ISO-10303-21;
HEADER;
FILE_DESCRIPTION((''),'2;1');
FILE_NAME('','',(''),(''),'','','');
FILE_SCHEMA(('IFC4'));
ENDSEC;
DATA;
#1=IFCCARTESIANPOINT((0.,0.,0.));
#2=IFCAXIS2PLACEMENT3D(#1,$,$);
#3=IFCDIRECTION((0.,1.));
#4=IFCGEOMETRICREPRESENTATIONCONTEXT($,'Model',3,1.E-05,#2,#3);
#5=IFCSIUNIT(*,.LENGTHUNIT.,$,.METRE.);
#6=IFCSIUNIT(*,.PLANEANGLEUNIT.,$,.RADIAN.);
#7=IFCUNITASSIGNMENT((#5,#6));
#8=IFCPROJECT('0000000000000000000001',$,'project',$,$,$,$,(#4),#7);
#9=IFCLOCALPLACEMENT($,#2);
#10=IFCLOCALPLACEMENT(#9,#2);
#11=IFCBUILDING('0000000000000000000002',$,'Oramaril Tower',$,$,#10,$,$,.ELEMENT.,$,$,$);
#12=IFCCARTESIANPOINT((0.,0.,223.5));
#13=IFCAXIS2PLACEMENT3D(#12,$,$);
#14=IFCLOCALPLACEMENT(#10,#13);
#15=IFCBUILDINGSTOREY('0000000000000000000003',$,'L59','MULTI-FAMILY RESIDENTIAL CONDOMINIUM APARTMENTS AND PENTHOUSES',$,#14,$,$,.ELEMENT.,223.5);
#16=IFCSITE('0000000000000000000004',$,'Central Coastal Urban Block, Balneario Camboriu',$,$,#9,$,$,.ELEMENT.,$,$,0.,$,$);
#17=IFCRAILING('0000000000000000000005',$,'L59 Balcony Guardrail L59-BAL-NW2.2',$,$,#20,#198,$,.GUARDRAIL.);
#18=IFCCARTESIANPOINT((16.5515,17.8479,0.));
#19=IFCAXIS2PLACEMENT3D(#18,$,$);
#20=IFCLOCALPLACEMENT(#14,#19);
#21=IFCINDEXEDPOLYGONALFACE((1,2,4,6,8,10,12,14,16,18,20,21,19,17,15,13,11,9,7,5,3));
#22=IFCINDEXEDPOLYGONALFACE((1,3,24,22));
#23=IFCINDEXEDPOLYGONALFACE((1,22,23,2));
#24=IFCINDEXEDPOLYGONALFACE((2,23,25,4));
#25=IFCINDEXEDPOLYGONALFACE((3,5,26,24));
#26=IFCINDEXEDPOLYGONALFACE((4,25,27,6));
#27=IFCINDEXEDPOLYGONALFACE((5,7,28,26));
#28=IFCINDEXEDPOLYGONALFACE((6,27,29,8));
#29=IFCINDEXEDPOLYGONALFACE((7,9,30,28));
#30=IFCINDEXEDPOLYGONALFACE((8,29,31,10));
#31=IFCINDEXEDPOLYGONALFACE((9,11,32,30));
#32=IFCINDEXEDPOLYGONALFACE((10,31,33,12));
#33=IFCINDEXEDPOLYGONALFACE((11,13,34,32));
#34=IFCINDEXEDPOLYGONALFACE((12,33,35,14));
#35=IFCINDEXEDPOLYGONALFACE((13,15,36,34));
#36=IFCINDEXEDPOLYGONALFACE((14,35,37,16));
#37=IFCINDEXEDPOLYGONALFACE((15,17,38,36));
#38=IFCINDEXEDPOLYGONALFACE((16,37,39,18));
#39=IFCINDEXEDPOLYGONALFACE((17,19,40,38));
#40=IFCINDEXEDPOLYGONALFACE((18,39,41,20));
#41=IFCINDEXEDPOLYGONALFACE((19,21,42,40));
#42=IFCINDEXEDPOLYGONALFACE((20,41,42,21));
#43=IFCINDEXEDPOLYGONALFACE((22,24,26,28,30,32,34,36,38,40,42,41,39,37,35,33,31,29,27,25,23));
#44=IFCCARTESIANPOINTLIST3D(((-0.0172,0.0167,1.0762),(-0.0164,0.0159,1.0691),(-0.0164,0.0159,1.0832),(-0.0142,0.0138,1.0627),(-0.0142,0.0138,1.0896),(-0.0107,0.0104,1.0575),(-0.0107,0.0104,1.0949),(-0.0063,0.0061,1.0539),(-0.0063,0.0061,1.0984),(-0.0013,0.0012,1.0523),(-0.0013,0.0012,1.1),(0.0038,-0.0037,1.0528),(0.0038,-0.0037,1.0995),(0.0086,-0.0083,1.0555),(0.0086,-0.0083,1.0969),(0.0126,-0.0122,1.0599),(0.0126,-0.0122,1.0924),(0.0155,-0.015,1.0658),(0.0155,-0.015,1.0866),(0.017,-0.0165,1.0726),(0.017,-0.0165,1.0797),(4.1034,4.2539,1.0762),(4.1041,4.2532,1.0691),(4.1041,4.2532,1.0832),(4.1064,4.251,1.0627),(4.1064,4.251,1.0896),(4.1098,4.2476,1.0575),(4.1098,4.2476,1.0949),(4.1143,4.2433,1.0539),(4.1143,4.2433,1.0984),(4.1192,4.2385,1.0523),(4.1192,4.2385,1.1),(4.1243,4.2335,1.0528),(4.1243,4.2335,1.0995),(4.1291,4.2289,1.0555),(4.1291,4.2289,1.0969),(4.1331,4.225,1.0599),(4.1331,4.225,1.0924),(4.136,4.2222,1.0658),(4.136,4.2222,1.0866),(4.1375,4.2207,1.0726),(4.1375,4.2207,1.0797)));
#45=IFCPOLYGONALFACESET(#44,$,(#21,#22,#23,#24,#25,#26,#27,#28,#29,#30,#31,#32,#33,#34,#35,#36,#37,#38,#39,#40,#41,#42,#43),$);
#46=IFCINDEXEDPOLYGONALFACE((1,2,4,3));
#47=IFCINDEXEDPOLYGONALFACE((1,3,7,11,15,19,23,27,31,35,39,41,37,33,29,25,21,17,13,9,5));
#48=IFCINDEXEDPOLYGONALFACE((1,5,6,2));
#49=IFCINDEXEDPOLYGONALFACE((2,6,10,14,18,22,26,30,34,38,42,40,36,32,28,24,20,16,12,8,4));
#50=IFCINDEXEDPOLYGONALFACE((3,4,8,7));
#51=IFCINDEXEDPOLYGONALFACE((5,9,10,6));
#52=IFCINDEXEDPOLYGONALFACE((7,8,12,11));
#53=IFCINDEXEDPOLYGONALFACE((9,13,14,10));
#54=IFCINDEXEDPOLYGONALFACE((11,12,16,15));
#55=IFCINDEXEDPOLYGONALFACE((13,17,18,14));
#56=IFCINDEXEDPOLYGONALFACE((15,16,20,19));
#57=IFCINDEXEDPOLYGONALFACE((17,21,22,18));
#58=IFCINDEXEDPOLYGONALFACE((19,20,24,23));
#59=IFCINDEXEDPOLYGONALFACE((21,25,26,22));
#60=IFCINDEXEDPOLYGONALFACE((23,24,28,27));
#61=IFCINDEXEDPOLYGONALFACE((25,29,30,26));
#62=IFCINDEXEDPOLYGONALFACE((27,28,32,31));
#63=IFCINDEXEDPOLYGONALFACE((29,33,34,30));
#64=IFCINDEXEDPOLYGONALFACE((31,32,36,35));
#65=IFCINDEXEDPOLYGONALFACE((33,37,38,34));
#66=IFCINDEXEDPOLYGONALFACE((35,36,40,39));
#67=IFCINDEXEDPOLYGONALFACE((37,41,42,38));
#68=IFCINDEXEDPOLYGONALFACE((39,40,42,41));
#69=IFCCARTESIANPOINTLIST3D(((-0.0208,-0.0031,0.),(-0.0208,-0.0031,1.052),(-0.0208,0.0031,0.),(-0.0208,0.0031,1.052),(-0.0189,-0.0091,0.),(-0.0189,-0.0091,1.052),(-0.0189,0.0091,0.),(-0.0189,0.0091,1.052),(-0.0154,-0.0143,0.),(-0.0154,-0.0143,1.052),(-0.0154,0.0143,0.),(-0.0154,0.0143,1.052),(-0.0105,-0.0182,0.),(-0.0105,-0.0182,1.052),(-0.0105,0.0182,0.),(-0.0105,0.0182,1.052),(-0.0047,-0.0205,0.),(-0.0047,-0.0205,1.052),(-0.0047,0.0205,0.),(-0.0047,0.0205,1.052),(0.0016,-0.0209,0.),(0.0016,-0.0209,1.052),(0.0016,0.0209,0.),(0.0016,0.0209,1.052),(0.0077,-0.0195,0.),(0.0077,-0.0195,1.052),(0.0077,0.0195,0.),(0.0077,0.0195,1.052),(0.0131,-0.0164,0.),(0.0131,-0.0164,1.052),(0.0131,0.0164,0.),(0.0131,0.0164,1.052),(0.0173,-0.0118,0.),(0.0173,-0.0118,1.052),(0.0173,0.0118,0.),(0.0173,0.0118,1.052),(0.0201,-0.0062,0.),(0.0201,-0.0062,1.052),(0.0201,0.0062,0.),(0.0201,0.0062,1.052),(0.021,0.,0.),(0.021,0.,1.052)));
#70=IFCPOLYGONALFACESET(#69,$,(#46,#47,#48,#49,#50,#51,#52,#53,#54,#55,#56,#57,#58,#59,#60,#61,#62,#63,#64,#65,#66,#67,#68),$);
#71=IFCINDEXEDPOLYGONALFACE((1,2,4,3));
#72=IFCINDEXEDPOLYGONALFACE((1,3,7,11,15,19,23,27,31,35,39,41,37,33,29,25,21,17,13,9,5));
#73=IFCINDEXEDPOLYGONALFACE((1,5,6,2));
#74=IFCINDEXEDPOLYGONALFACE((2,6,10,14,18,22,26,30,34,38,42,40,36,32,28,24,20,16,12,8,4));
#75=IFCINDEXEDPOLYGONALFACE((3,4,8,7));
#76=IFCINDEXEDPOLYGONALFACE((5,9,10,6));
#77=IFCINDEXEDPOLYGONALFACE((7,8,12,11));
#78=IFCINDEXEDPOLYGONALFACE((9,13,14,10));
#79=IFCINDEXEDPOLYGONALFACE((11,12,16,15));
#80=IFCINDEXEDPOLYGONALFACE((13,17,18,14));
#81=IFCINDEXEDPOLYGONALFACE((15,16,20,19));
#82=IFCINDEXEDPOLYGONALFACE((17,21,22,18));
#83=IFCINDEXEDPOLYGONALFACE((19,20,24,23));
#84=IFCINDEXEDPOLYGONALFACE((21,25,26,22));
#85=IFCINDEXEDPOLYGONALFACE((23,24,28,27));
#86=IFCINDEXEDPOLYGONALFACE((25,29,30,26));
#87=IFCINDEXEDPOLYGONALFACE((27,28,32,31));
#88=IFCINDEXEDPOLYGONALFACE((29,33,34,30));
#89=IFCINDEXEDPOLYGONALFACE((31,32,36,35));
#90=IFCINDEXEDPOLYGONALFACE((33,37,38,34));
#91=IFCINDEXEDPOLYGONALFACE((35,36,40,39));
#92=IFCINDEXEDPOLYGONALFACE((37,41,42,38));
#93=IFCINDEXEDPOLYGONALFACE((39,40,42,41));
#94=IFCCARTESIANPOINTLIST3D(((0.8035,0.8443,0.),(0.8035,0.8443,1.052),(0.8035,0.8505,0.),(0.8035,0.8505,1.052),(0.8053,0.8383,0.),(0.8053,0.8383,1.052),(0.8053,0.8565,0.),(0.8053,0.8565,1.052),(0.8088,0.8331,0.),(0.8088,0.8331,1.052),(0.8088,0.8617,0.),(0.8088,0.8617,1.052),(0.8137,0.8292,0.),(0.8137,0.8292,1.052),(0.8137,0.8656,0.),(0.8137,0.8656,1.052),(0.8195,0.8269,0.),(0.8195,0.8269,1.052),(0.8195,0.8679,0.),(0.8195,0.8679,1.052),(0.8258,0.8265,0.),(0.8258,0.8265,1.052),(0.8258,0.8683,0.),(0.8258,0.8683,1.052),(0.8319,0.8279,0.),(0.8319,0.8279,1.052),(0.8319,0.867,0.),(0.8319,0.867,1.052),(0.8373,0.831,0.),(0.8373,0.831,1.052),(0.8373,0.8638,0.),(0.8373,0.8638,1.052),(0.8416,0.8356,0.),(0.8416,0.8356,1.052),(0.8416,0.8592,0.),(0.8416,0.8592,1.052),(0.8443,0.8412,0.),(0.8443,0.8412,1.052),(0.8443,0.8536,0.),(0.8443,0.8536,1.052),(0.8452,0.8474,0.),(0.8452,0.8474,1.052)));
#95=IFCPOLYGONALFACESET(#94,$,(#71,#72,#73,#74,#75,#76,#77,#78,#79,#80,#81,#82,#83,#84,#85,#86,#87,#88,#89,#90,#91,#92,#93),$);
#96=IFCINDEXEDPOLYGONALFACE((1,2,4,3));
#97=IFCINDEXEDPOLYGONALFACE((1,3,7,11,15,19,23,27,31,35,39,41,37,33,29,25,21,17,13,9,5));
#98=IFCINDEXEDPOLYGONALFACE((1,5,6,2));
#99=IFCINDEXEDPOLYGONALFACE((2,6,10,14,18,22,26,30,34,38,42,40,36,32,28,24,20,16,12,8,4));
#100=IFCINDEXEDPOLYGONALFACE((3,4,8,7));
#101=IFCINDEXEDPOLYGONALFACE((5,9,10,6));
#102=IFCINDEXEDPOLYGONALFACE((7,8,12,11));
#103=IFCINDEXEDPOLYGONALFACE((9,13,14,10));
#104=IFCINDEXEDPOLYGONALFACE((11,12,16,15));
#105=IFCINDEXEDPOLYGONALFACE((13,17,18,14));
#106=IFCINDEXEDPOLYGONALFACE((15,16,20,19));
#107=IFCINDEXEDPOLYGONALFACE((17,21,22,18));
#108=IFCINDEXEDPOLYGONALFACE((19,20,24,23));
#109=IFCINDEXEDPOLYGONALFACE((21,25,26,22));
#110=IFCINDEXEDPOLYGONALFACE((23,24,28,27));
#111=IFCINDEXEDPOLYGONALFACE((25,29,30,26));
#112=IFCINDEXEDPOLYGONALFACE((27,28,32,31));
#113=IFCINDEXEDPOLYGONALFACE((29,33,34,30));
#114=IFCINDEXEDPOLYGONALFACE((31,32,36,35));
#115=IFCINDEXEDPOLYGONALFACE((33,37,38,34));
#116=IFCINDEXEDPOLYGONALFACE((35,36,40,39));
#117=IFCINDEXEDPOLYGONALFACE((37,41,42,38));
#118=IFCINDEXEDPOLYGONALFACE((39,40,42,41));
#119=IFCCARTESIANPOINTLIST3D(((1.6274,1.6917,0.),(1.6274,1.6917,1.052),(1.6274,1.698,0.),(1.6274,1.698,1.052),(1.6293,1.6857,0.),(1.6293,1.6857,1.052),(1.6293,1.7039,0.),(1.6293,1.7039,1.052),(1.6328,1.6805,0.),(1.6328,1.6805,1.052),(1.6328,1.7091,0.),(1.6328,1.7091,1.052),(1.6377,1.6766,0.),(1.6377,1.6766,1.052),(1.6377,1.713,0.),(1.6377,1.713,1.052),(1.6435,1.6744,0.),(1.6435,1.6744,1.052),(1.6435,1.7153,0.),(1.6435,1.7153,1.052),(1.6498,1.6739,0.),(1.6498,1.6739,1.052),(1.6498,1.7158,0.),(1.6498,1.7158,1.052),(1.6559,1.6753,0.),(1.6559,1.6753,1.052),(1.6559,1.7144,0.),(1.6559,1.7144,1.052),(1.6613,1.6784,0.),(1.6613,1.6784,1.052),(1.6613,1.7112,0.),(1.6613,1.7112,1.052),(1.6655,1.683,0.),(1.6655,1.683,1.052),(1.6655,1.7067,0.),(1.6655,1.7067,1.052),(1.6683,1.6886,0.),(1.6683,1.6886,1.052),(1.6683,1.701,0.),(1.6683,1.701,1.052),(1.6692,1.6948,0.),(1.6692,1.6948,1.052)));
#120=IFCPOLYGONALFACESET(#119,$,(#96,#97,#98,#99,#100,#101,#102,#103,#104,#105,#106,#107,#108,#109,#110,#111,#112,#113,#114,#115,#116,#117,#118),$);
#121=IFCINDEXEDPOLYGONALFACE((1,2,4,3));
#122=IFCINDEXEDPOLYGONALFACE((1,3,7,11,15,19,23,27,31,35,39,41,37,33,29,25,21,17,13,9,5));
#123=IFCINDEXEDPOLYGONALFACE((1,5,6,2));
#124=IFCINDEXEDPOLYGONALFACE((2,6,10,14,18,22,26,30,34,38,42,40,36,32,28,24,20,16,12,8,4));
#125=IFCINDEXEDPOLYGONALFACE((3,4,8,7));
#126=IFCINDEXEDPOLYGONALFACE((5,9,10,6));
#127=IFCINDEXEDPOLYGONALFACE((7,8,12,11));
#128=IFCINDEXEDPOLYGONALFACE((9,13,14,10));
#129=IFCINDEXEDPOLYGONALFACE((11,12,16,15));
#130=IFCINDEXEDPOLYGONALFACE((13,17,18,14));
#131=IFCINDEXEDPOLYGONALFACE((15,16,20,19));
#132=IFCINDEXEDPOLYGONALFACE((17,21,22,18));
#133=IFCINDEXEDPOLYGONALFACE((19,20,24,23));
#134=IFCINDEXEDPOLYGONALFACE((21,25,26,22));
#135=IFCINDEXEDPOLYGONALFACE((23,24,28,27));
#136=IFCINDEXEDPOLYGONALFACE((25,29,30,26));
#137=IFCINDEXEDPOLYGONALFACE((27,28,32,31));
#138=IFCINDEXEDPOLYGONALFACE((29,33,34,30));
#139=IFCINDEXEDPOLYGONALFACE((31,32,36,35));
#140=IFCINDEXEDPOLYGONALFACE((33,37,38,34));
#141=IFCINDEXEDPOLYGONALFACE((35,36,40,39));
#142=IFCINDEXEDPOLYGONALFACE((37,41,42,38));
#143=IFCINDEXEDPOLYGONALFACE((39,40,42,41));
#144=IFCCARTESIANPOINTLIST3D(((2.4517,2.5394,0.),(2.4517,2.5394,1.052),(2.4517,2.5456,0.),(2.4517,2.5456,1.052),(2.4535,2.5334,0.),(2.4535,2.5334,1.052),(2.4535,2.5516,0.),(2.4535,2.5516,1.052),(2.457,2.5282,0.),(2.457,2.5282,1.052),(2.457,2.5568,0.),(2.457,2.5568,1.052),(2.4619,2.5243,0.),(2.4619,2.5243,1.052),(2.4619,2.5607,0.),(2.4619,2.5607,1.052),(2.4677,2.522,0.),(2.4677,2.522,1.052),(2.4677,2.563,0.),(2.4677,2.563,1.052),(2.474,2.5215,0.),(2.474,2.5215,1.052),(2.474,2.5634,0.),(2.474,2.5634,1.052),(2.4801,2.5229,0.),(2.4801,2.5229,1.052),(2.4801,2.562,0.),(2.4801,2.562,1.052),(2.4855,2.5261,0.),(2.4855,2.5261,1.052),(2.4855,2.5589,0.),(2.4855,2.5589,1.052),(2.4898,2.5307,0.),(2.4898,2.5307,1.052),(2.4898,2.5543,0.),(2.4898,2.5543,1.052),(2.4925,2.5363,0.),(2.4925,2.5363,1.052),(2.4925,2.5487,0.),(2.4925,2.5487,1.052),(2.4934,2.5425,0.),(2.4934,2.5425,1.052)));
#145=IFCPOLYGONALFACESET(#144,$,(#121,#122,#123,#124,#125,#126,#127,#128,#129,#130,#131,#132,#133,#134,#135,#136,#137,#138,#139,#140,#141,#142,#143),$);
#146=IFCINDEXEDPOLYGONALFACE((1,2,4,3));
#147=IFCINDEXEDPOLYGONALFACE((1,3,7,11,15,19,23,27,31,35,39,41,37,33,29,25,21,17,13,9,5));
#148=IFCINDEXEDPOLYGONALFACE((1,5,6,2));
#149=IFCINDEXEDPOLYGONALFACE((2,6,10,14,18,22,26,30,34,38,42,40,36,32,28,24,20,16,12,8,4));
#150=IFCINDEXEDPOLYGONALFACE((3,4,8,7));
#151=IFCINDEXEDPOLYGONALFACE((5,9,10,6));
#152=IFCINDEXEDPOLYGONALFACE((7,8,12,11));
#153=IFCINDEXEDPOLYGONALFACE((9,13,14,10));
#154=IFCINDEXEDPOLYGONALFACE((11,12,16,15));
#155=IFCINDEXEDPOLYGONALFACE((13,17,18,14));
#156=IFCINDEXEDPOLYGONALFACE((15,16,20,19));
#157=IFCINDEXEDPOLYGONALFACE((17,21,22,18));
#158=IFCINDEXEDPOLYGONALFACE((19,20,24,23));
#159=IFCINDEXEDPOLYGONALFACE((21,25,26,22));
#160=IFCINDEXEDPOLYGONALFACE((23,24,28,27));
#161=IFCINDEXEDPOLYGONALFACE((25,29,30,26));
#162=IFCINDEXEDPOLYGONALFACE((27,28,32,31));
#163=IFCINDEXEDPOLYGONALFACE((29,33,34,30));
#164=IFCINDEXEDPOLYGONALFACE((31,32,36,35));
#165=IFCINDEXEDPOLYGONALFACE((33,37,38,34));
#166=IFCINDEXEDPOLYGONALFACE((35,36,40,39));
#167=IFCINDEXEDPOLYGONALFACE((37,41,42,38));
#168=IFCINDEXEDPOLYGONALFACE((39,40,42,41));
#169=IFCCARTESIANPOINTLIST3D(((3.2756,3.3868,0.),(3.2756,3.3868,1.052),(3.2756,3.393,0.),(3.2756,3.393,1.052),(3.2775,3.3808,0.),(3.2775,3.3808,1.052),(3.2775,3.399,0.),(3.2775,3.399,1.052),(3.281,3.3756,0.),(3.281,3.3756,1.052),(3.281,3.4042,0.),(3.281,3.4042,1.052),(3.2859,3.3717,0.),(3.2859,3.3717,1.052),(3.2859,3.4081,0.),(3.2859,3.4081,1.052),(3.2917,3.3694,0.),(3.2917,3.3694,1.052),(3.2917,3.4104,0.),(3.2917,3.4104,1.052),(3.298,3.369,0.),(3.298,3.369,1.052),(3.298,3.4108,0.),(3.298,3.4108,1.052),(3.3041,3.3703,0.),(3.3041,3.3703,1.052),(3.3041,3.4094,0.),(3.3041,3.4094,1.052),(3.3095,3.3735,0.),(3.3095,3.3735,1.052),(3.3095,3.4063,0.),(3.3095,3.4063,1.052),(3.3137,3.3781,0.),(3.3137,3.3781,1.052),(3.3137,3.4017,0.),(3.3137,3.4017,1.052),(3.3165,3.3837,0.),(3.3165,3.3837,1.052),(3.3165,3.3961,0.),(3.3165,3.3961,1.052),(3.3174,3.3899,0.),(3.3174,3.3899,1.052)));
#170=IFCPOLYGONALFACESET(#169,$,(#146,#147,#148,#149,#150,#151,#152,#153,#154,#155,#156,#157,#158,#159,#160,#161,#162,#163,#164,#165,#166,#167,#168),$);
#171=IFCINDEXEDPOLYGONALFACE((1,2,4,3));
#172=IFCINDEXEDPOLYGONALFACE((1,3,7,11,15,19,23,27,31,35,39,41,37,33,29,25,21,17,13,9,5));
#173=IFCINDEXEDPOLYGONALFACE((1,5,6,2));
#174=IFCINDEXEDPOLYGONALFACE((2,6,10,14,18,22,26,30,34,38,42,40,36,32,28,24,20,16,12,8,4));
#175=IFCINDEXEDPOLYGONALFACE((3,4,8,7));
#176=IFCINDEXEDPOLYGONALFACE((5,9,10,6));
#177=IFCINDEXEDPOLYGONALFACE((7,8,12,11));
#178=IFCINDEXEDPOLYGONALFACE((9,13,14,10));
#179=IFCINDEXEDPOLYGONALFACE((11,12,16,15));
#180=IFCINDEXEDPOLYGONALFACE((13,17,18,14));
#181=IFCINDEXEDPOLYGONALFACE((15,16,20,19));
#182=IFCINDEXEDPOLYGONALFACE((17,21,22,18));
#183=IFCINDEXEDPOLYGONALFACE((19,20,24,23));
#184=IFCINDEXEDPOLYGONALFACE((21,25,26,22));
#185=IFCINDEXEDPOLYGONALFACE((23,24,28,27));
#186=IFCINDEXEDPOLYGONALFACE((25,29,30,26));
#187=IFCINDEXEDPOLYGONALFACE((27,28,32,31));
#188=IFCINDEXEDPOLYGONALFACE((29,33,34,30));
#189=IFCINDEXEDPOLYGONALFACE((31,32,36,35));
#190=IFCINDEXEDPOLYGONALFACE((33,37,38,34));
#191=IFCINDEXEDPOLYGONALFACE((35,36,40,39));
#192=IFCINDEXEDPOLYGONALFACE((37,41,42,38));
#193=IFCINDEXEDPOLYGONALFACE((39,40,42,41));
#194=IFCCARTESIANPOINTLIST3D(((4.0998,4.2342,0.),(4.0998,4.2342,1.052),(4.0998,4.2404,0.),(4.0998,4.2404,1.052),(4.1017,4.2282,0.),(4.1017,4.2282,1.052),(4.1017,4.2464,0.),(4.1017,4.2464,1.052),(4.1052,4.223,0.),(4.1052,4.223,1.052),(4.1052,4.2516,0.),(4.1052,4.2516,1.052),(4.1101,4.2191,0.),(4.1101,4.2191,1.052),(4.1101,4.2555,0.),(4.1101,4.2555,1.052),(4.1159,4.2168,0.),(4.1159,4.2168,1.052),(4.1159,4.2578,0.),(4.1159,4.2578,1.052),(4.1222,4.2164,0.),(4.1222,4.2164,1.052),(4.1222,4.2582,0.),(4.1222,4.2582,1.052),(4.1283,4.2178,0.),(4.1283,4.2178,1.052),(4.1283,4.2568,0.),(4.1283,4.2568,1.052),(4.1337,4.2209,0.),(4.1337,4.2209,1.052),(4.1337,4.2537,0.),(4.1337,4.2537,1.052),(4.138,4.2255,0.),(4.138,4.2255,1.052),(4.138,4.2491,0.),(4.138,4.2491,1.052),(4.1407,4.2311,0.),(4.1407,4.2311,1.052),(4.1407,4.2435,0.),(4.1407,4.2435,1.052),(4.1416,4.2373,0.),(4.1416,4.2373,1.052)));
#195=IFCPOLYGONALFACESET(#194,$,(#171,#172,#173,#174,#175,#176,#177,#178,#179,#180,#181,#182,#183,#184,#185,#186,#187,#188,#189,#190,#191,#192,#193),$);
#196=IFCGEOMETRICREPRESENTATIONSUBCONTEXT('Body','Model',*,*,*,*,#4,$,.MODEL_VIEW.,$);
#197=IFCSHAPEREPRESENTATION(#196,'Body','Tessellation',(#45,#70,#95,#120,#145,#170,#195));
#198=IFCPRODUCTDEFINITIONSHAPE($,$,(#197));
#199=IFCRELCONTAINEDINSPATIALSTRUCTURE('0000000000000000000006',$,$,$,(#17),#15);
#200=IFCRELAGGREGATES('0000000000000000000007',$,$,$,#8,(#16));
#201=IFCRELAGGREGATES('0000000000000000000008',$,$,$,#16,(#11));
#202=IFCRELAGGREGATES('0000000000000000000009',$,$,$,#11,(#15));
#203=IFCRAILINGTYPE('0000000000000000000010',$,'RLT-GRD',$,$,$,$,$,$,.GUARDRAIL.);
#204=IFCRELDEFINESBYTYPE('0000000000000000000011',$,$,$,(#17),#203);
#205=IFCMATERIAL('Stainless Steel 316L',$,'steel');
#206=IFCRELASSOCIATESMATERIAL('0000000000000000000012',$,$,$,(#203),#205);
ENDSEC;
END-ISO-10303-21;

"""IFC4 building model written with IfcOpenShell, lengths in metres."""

from ifc_helpers import new_model, si_unit, direction, frame, origin, origin_2d, place, context, subcontext, project, spatial, circle, extrude, material, type_object, element, save


model = new_model("IFC4")

# Units and contexts
model_context = context("Model", 3, precision=1e-05, world=origin(), true_north=direction((0.0, 1.0)))
body_context = subcontext(model_context, "Body", "Model", "MODEL_VIEW")
ifc_project = project(units=[si_unit("LENGTHUNIT", "METRE"), si_unit("PLANEANGLEUNIT", "RADIAN")], contexts=[model_context])

# Site, building, storey
site_placement = place(None, origin())
site = spatial("IfcSite", under=ifc_project, at=site_placement, Name="Central Coastal Urban Block, Balneario Camboriu", CompositionType="ELEMENT", RefElevation=0.0)
building_placement = place(site_placement, origin())
building = spatial("IfcBuilding", under=site, at=building_placement, Name="Oramaril Tower", CompositionType="ELEMENT")
storey_placement = place(building_placement, frame((0.0, 0.0, 223.5)))
storey = spatial("IfcBuildingStorey", under=building, at=storey_placement, Name="L59", Description="MULTI-FAMILY RESIDENTIAL CONDOMINIUM APARTMENTS AND PENTHOUSES", CompositionType="ELEMENT", Elevation=223.5)

# Railing
ifc_material_1 = material(Name="Stainless Steel 316L", Category="steel")
railing_type = type_object("IfcRailingType", Name="RLT-GRD", PredefinedType="GUARDRAIL", material=ifc_material_1)
railing_1_placement = place(storey_placement, frame((16.5515, 17.8479, 0.0)))
element("IfcRailing", 1, at=railing_1_placement, inside=storey, type_object=railing_type, Name="L59 Balcony Guardrail L59-BAL-NW2.2", PredefinedType="GUARDRAIL", context=body_context, shape_type="SweptSolid", body=[
    extrude(circle(Radius=0.0239, at=origin_2d()), frame((0.0, 0.0, 1.0762), z_axis=(0.697166, 0.71691, 0.0), x_axis=(-0.71691, 0.697166, 0.0)), (0.0, 0.0, 1.0), 5.9104),
    extrude(circle(Radius=0.021, at=origin_2d()), origin(), (0.0, 0.0, 1.0), 1.052),
    extrude(circle(Radius=0.021, at=origin_2d()), frame((0.8242, 0.8474, 0.0)), (0.0, 0.0, 1.0), 1.052),
    extrude(circle(Radius=0.021, at=origin_2d()), frame((1.6482, 1.6948, 0.0)), (0.0, 0.0, 1.0), 1.052),
    extrude(circle(Radius=0.021, at=origin_2d()), frame((2.4724, 2.5425, 0.0)), (0.0, 0.0, 1.0), 1.052),
    extrude(circle(Radius=0.021, at=origin_2d()), frame((3.2964, 3.3899, 0.0)), (0.0, 0.0, 1.0), 1.052),
    extrude(circle(Radius=0.021, at=origin_2d()), frame((4.1206, 4.2373, 0.0)), (0.0, 0.0, 1.0), 1.052),
])

save(model, "model.ifc")
